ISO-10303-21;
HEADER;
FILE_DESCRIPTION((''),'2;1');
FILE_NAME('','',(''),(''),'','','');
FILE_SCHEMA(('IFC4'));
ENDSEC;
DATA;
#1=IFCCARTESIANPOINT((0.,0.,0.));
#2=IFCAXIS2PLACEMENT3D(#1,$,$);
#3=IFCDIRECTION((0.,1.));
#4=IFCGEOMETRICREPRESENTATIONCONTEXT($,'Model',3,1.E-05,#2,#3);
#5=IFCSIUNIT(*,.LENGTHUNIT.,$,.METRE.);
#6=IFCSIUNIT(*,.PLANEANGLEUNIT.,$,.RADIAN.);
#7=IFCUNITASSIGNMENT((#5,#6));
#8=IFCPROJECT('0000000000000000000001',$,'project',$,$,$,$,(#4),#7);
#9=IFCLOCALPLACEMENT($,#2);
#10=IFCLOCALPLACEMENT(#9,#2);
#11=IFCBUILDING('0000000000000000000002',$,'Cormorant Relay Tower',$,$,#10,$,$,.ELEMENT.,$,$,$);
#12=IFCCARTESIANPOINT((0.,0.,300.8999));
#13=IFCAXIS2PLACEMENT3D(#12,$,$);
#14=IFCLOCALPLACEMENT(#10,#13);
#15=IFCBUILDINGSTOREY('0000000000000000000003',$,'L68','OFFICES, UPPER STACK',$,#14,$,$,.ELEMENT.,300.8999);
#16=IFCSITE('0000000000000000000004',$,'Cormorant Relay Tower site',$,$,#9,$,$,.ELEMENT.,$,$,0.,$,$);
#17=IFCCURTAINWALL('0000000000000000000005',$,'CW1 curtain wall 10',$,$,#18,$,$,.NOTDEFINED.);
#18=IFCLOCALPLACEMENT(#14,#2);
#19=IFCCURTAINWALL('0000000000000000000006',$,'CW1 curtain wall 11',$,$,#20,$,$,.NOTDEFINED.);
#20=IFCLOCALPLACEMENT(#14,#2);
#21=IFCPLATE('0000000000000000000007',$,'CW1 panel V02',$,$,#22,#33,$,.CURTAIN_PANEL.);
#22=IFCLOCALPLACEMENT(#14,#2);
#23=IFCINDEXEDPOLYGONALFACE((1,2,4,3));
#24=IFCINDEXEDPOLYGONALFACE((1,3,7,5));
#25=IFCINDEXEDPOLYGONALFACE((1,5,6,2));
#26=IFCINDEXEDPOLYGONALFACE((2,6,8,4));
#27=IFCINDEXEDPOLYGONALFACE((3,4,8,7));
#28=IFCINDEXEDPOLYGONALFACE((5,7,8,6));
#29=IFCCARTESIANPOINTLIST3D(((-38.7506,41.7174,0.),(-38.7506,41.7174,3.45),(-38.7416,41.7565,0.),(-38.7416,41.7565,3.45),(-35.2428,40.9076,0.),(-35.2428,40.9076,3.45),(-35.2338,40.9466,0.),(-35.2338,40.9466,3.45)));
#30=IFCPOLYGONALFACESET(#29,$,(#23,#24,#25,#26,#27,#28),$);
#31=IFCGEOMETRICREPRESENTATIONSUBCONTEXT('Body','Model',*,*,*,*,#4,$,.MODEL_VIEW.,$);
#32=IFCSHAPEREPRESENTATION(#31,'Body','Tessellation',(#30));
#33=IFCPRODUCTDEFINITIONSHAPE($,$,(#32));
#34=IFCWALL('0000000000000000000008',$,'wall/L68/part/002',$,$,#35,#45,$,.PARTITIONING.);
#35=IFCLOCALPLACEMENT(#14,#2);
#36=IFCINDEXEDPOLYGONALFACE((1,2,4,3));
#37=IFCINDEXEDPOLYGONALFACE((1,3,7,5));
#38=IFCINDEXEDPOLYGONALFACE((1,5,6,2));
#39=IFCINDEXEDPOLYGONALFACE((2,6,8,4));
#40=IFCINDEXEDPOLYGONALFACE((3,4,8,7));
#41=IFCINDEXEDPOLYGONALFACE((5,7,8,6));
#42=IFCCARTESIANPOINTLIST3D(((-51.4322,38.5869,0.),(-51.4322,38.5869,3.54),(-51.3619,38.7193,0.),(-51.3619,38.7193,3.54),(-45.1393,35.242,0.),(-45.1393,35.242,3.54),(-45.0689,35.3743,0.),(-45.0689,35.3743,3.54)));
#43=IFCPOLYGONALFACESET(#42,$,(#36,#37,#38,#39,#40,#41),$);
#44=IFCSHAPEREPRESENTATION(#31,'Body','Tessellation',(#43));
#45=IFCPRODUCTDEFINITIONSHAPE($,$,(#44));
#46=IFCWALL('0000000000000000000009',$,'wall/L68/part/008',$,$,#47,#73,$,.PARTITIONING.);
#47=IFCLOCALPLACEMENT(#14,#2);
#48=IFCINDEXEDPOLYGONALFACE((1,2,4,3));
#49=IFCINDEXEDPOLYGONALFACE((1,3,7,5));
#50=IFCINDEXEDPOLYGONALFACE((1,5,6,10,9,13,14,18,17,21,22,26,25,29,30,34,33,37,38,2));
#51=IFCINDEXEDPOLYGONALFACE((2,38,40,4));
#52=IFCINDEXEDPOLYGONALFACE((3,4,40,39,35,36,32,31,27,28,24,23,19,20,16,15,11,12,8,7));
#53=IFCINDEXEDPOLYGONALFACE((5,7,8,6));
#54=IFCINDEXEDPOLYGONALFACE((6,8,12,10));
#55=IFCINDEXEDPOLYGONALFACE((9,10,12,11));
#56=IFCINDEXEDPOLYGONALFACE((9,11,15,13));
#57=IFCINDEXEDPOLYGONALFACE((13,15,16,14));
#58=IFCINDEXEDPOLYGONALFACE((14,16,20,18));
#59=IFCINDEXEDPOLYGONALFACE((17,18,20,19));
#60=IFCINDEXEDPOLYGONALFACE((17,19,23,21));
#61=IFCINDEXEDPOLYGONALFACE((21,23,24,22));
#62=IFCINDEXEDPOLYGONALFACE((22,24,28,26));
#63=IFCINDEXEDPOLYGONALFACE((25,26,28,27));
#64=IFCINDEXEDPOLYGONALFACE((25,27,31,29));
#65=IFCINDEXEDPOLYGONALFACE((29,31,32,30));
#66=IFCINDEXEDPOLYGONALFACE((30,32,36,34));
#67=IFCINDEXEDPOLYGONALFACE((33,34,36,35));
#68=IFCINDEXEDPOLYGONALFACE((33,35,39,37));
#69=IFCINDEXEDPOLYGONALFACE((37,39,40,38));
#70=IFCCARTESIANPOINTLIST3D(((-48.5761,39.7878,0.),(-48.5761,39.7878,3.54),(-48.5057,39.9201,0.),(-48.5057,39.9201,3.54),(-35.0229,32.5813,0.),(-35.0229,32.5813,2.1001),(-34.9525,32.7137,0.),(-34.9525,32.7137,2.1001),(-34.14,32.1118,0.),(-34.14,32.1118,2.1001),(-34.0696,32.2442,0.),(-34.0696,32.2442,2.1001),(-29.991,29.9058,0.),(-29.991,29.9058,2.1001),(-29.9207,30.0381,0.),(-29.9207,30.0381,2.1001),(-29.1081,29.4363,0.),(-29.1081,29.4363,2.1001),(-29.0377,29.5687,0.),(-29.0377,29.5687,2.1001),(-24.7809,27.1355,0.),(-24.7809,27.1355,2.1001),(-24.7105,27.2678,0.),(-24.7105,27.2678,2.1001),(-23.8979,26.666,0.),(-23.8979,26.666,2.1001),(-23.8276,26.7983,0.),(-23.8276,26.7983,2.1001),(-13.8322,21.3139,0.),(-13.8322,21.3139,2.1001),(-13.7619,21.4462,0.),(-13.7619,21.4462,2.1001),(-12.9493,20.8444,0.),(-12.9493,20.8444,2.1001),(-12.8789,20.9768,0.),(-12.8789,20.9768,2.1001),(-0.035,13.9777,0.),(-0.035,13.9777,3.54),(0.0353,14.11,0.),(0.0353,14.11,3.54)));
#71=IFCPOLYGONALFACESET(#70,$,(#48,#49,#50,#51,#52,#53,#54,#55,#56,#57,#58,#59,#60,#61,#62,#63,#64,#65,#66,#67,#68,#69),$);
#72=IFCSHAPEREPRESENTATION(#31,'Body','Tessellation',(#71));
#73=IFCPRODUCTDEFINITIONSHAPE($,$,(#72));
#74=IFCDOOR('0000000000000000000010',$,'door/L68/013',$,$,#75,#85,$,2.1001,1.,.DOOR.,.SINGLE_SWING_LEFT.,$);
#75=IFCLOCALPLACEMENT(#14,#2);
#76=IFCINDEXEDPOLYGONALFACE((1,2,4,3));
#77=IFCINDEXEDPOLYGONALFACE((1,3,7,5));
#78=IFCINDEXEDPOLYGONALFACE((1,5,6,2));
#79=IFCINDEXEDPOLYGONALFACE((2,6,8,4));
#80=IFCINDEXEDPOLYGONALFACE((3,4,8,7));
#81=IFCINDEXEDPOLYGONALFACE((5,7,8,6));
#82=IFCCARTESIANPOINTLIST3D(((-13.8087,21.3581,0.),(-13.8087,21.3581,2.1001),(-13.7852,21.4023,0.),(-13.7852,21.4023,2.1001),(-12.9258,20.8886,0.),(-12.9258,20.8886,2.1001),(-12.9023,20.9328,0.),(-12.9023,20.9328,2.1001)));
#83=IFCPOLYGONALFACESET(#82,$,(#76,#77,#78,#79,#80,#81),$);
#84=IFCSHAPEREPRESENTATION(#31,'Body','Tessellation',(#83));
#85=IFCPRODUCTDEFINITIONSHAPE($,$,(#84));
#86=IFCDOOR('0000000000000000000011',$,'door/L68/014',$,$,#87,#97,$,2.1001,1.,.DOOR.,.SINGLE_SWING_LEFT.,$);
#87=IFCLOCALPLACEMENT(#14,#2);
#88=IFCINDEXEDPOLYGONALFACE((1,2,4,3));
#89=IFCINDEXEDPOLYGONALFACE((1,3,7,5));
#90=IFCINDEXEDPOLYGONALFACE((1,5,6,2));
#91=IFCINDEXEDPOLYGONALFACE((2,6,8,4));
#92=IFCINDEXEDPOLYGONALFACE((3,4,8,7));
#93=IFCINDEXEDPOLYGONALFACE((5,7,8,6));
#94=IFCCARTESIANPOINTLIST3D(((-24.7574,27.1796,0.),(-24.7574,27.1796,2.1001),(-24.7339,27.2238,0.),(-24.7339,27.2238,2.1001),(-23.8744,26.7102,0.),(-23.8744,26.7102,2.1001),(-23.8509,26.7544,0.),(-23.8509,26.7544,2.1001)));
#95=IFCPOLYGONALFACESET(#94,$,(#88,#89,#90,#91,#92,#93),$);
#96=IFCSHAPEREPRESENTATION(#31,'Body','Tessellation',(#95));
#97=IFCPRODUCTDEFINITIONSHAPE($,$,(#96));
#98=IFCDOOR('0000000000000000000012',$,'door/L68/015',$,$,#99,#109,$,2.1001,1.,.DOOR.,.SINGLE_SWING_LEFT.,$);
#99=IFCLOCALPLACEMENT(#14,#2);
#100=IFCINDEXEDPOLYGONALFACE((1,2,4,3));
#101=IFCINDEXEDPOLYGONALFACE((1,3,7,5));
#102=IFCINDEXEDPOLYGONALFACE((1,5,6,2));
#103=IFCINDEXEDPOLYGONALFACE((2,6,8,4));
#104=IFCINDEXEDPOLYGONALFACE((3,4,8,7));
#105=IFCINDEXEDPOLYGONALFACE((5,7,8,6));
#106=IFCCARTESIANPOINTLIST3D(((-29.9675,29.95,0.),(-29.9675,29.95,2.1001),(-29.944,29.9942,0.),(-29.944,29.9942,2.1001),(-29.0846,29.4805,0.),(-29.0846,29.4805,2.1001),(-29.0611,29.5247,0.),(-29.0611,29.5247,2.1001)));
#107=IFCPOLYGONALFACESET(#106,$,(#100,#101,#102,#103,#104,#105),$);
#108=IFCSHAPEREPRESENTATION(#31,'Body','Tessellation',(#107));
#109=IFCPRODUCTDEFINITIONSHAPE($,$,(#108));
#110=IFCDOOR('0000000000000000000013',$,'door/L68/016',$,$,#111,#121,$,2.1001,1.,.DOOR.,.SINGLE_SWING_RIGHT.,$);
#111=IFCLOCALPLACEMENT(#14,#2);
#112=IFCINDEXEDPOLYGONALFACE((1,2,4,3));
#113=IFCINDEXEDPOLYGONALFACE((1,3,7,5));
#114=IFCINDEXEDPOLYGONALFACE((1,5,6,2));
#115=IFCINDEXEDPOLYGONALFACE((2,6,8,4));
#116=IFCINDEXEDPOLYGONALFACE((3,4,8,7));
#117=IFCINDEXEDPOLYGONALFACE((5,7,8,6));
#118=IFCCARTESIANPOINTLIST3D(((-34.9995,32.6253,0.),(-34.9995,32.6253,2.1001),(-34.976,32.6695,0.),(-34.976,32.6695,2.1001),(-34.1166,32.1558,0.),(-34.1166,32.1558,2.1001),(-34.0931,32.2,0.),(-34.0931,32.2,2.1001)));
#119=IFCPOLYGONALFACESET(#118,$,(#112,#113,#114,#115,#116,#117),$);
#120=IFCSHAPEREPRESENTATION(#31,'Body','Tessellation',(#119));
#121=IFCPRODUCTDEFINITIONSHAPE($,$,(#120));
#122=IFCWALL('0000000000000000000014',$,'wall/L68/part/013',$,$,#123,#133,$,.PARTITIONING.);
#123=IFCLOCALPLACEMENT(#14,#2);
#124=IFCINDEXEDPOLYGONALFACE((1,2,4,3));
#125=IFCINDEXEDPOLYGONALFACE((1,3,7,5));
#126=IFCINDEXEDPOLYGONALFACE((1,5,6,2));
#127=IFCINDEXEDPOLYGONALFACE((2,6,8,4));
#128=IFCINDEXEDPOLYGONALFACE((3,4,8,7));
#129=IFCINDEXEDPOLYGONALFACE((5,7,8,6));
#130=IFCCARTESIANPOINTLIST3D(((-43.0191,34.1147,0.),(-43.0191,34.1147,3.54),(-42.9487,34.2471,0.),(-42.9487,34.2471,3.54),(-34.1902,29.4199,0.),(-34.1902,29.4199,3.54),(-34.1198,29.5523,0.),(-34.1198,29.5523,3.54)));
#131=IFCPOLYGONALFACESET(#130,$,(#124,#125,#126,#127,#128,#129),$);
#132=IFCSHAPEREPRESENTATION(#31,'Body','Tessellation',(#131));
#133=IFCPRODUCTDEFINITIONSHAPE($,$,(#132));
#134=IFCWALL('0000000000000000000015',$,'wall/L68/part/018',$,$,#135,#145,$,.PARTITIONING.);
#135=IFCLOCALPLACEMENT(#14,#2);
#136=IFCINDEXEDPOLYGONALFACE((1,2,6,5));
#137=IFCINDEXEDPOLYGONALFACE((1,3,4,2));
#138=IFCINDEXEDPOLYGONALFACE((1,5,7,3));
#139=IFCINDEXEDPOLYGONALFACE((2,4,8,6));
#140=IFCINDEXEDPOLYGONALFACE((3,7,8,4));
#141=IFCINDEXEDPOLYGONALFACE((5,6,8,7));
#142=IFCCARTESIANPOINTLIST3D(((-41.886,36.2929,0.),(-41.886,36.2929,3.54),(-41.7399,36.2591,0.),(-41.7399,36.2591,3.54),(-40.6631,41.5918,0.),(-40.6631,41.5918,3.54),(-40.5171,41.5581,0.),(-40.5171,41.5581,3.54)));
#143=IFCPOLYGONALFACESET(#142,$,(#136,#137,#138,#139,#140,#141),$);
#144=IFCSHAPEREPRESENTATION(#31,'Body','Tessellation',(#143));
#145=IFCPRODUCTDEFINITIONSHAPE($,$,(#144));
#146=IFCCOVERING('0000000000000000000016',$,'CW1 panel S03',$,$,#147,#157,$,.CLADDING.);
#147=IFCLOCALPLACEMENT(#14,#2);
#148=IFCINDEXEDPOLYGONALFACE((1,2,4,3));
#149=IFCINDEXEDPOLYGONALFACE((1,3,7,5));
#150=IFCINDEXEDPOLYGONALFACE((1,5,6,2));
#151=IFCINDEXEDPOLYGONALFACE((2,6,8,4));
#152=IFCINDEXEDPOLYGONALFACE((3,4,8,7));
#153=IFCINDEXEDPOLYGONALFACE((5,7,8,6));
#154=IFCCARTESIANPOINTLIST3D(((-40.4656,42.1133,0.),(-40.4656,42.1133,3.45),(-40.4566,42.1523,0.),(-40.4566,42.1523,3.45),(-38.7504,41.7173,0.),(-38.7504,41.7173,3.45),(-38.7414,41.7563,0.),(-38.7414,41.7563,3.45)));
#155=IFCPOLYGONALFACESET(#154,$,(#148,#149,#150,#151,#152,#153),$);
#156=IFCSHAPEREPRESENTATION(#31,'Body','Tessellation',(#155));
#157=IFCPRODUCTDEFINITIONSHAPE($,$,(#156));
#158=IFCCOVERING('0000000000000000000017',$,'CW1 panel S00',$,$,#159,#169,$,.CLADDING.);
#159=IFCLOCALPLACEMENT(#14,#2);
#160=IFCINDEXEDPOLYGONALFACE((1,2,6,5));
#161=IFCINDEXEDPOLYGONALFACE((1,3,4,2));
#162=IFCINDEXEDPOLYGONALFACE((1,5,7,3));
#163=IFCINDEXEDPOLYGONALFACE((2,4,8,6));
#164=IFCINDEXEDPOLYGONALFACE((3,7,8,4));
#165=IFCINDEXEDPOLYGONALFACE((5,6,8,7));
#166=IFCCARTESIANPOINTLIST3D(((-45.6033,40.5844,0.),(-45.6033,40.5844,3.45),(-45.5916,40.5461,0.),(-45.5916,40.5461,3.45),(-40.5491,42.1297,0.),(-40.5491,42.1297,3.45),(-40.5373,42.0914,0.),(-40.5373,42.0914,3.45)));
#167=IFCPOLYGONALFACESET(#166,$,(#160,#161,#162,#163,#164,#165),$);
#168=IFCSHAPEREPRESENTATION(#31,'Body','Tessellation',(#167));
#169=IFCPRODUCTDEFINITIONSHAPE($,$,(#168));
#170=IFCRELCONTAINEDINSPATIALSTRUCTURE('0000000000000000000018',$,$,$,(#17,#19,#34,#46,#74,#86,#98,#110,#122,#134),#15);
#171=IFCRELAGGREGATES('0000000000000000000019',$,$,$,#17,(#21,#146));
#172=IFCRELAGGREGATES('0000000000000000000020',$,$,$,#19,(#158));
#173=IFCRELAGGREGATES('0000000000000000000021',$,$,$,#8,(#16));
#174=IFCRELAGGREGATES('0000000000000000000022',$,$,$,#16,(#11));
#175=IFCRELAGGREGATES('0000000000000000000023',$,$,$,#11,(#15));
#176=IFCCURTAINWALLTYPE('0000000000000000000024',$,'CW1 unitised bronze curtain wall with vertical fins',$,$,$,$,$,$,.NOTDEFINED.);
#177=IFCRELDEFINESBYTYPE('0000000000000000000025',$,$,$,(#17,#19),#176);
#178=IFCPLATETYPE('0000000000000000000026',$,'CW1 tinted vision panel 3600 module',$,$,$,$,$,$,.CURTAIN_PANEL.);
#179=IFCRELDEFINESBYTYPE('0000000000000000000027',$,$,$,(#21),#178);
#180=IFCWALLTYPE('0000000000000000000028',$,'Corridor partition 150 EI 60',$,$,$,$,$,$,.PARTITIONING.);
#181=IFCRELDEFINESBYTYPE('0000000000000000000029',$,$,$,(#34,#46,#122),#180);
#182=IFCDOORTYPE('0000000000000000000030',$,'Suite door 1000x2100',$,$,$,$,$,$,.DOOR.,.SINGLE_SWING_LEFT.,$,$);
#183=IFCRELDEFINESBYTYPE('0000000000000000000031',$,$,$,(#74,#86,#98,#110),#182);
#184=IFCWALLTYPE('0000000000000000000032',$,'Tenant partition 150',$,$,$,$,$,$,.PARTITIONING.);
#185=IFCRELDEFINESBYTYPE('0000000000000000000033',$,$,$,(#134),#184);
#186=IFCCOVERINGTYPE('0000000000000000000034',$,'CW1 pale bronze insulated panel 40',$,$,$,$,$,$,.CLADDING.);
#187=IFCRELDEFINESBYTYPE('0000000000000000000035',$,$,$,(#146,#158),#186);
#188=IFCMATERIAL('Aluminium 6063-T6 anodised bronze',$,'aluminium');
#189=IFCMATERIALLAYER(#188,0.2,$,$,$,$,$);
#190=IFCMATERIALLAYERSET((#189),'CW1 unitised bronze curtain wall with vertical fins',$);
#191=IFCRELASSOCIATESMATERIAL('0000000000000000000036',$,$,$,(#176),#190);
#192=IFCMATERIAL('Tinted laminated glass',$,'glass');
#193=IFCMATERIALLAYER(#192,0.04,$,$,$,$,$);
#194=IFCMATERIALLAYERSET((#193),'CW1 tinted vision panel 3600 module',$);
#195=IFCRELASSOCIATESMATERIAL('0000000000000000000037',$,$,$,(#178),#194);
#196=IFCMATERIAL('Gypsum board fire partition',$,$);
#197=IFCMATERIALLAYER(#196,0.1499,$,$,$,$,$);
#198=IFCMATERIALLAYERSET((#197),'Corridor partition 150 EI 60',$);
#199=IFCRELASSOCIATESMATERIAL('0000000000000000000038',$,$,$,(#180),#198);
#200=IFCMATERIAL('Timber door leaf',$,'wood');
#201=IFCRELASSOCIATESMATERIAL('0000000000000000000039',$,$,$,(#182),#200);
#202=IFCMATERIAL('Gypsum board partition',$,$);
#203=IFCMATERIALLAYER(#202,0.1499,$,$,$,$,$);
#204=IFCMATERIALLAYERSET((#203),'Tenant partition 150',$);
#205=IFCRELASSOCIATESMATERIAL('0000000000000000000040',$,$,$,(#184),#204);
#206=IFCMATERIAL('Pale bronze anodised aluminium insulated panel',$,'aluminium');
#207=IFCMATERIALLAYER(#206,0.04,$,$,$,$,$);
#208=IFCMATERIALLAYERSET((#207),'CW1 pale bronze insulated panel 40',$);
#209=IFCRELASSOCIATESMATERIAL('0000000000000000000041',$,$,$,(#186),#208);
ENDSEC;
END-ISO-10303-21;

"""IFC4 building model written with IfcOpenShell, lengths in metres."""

from ifc_helpers import new_model, si_unit, direction, frame, frame_2d, origin, origin_2d, place, context, subcontext, project, spatial, rectangle, extrude, material, layer, layer_set, type_object, element, fill, aggregate, save


model = new_model("IFC4")

# Units and contexts
model_context = context("Model", 3, precision=1e-05, world=origin(), true_north=direction((0.0, 1.0)))
body_context = subcontext(model_context, "Body", "Model", "MODEL_VIEW")
ifc_project = project(units=[si_unit("LENGTHUNIT", "METRE"), si_unit("PLANEANGLEUNIT", "RADIAN")], contexts=[model_context])

# Site, building, storey
site_placement = place(None, origin())
site = spatial("IfcSite", under=ifc_project, at=site_placement, Name="Cormorant Relay Tower site", CompositionType="ELEMENT", RefElevation=0.0)
building_placement = place(site_placement, origin())
building = spatial("IfcBuilding", under=site, at=building_placement, Name="Cormorant Relay Tower", CompositionType="ELEMENT")
storey_placement = place(building_placement, frame((0.0, 0.0, 300.8999)))
storey = spatial("IfcBuildingStorey", under=building, at=storey_placement, Name="L68", Description="OFFICES, UPPER STACK", CompositionType="ELEMENT", Elevation=300.8999)

# Curtain wall
ifc_material_1 = material(Name="Aluminium 6063-T6 anodised bronze", Category="aluminium")
ifc_layer_1 = layer(ifc_material_1, 0.2)
ifc_layer_set_1 = layer_set([ifc_layer_1], Name="CW1 unitised bronze curtain wall with vertical fins")
curtain_wall_type = type_object("IfcCurtainWallType", Name="CW1 unitised bronze curtain wall with vertical fins", PredefinedType="NOTDEFINED", material=ifc_layer_set_1)
curtain_wall_1_placement = place(storey_placement, origin())
curtain_wall_1 = element("IfcCurtainWall", 1, at=curtain_wall_1_placement, inside=storey, type_object=curtain_wall_type, Name="CW1 curtain wall 10", PredefinedType="NOTDEFINED")

# Curtain wall
curtain_wall_2_placement = place(storey_placement, origin())
curtain_wall_2 = element("IfcCurtainWall", 2, at=curtain_wall_2_placement, inside=storey, type_object=curtain_wall_type, Name="CW1 curtain wall 11", PredefinedType="NOTDEFINED")

# Plate
ifc_material_2 = material(Name="Tinted laminated glass", Category="glass")
ifc_layer_2 = layer(ifc_material_2, 0.04)
ifc_layer_set_2 = layer_set([ifc_layer_2], Name="CW1 tinted vision panel 3600 module")
plate_type_1 = type_object("IfcPlateType", Name="CW1 tinted vision panel 3600 module", PredefinedType="CURTAIN_PANEL", material=ifc_layer_set_2)
plate_1_placement = place(storey_placement, frame((-36.9922, 41.332, 0.0), z_axis=(0.0, 0.0, 1.0), x_axis=(-0.97437, 0.224951, 0.0)))
plate_1 = element("IfcPlate", 3, at=plate_1_placement, type_object=plate_type_1, Name="CW1 panel V02", PredefinedType="CURTAIN_PANEL", context=body_context, shape_type="SweptSolid", body=[
    extrude(rectangle(XDim=3.6001, YDim=0.04, at=origin_2d()), origin(), (0.0, 0.0, 1.0), 3.45),
])

# Wall
ifc_material_3 = material(Name="Gypsum board fire partition")
ifc_layer_3 = layer(ifc_material_3, 0.1499)
ifc_layer_set_3 = layer_set([ifc_layer_3], Name="Corridor partition 150 EI 60")
wall_type_1 = type_object("IfcWallType", Name="Corridor partition 150 EI 60", PredefinedType="PARTITIONING", material=ifc_layer_set_3)
wall_1_placement = place(storey_placement, frame((-45.104, 35.3081, 0.0), z_axis=(0.0, 0.0, 1.0), x_axis=(-0.883009, 0.469356, 0.0)))
element("IfcWall", 4, at=wall_1_placement, inside=storey, type_object=wall_type_1, Name="wall/L68/part/002", PredefinedType="PARTITIONING", context=body_context, shape_type="SweptSolid", body=[
    extrude(rectangle(XDim=7.1267, YDim=0.1499, at=frame_2d((3.5635, 0.0))), origin(), (0.0, 0.0, 1.0), 3.54),
])

# Wall, openings, doors
wall_2_placement = place(storey_placement, frame((-48.541, 39.854, 0.0), z_axis=(0.0, 0.0, 1.0), x_axis=(0.882945, -0.469476, 0.0)))
wall_2 = element("IfcWall", 5, at=wall_2_placement, inside=storey, type_object=wall_type_1, Name="wall/L68/part/008", PredefinedType="PARTITIONING", context=body_context, shape_type="SweptSolid", body=[
    extrude(rectangle(XDim=54.9763, YDim=0.1499, at=frame_2d((27.4883, 0.0))), origin(), (0.0, 0.0, 1.0), 3.54),
])
opening_1_placement = place(wall_2_placement, frame((39.3501, 0.0, 0.0)))
opening_1 = element("IfcOpeningElement", 6, at=opening_1_placement, cuts=wall_2, PredefinedType="OPENING", context=body_context, shape_type="SweptSolid", body=[
    extrude(rectangle(XDim=1.0, YDim=2.1001, at=frame_2d((0.5, 1.05))), frame((0.0, 0.085, 0.0), z_axis=(0.0, -1.0, 0.0), x_axis=(1.0, 0.0, 0.0)), (0.0, 0.0, 1.0), 0.1699),
])
opening_2_placement = place(wall_2_placement, frame((26.95, 0.0, 0.0)))
opening_2 = element("IfcOpeningElement", 7, at=opening_2_placement, cuts=wall_2, PredefinedType="OPENING", context=body_context, shape_type="SweptSolid", body=[
    extrude(rectangle(XDim=1.0, YDim=2.1001, at=frame_2d((0.5, 1.05))), frame((0.0, 0.085, 0.0), z_axis=(0.0, -1.0, 0.0), x_axis=(1.0, 0.0, 0.0)), (0.0, 0.0, 1.0), 0.1699),
])
opening_3_placement = place(wall_2_placement, frame((21.0491, 0.0, 0.0)))
opening_3 = element("IfcOpeningElement", 8, at=opening_3_placement, cuts=wall_2, PredefinedType="OPENING", context=body_context, shape_type="SweptSolid", body=[
    extrude(rectangle(XDim=1.0, YDim=2.1001, at=frame_2d((0.5, 1.05))), frame((0.0, 0.085, 0.0), z_axis=(0.0, -1.0, 0.0), x_axis=(1.0, 0.0, 0.0)), (0.0, 0.0, 1.0), 0.1699),
])
opening_4_placement = place(wall_2_placement, frame((15.3501, 0.0, 0.0)))
opening_4 = element("IfcOpeningElement", 9, at=opening_4_placement, cuts=wall_2, PredefinedType="OPENING", context=body_context, shape_type="SweptSolid", body=[
    extrude(rectangle(XDim=1.0, YDim=2.1001, at=frame_2d((0.5, 1.05))), frame((0.0, 0.085, 0.0), z_axis=(0.0, -1.0, 0.0), x_axis=(1.0, 0.0, 0.0)), (0.0, 0.0, 1.0), 0.1699),
])
ifc_material_4 = material(Name="Timber door leaf", Category="wood")
door_type = type_object("IfcDoorType", Name="Suite door 1000x2100", OperationType="SINGLE_SWING_LEFT", PredefinedType="DOOR", material=ifc_material_4)
door_1_placement = place(opening_1_placement, frame((1.0, 0.0, 0.0), z_axis=(0.0, 0.0, 1.0), x_axis=(-1.0, 0.0, 0.0)))
door_1 = element("IfcDoor", 10, at=door_1_placement, inside=storey, type_object=door_type, Name="door/L68/013", OperationType="SINGLE_SWING_LEFT", OverallHeight=2.1001, OverallWidth=1.0, PredefinedType="DOOR", context=body_context, shape_type="SweptSolid", body=[
    extrude(rectangle(XDim=1.0, YDim=2.1001, at=frame_2d((0.5, 1.05))), frame((0.0, 0.0249, 0.0), z_axis=(0.0, -1.0, 0.0), x_axis=(1.0, 0.0, 0.0)), (0.0, 0.0, 1.0), 0.05),
])
fill(opening_1, door_1)
door_2_placement = place(opening_2_placement, frame((1.0, 0.0, 0.0), z_axis=(0.0, 0.0, 1.0), x_axis=(-1.0, 0.0, 0.0)))
door_2 = element("IfcDoor", 11, at=door_2_placement, inside=storey, type_object=door_type, Name="door/L68/014", OperationType="SINGLE_SWING_LEFT", OverallHeight=2.1001, OverallWidth=1.0, PredefinedType="DOOR", context=body_context, shape_type="SweptSolid", body=[
    extrude(rectangle(XDim=1.0, YDim=2.1001, at=frame_2d((0.5, 1.05))), frame((0.0, 0.0249, 0.0), z_axis=(0.0, -1.0, 0.0), x_axis=(1.0, 0.0, 0.0)), (0.0, 0.0, 1.0), 0.05),
])
fill(opening_2, door_2)
door_3_placement = place(opening_3_placement, frame((1.0, 0.0, 0.0), z_axis=(0.0, 0.0, 1.0), x_axis=(-1.0, 0.0, 0.0)))
door_3 = element("IfcDoor", 12, at=door_3_placement, inside=storey, type_object=door_type, Name="door/L68/015", OperationType="SINGLE_SWING_LEFT", OverallHeight=2.1001, OverallWidth=1.0, PredefinedType="DOOR", context=body_context, shape_type="SweptSolid", body=[
    extrude(rectangle(XDim=1.0, YDim=2.1001, at=frame_2d((0.5, 1.05))), frame((0.0, 0.0249, 0.0), z_axis=(0.0, -1.0, 0.0), x_axis=(1.0, 0.0, 0.0)), (0.0, 0.0, 1.0), 0.05),
])
fill(opening_3, door_3)
door_4_placement = place(opening_4_placement, origin())
door_4 = element("IfcDoor", 13, at=door_4_placement, inside=storey, type_object=door_type, Name="door/L68/016", OperationType="SINGLE_SWING_RIGHT", OverallHeight=2.1001, OverallWidth=1.0, PredefinedType="DOOR", context=body_context, shape_type="SweptSolid", body=[
    extrude(rectangle(XDim=1.0, YDim=2.1001, at=frame_2d((0.5, 1.05))), frame((0.0, 0.0249, 0.0), z_axis=(0.0, -1.0, 0.0), x_axis=(1.0, 0.0, 0.0)), (0.0, 0.0, 1.0), 0.05),
])
fill(opening_4, door_4)

# Walls
wall_3_placement = place(storey_placement, frame((-42.9839, 34.1809, 0.0), z_axis=(0.0, 0.0, 1.0), x_axis=(0.882929, -0.469506, 0.0)))
element("IfcWall", 14, at=wall_3_placement, inside=storey, type_object=wall_type_1, Name="wall/L68/part/013", PredefinedType="PARTITIONING", context=body_context, shape_type="SweptSolid", body=[
    extrude(rectangle(XDim=9.9995, YDim=0.1499, at=frame_2d((4.9998, 0.0))), origin(), (0.0, 0.0, 1.0), 3.54),
])
ifc_material_5 = material(Name="Gypsum board partition")
ifc_layer_4 = layer(ifc_material_5, 0.1499)
ifc_layer_set_4 = layer_set([ifc_layer_4], Name="Tenant partition 150")
wall_type_2 = type_object("IfcWallType", Name="Tenant partition 150", PredefinedType="PARTITIONING", material=ifc_layer_set_4)
wall_4_placement = place(storey_placement, frame((-41.813, 36.2759, 0.0), z_axis=(0.0, 0.0, 1.0), x_axis=(0.224866, 0.97439, 0.0)))
element("IfcWall", 15, at=wall_4_placement, inside=storey, type_object=wall_type_2, Name="wall/L68/part/018", PredefinedType="PARTITIONING", context=body_context, shape_type="SweptSolid", body=[
    extrude(rectangle(XDim=5.4382, YDim=0.1499, at=frame_2d((2.7192, 0.0))), origin(), (0.0, 0.0, 1.0), 3.54),
])

# Coverings
ifc_material_6 = material(Name="Pale bronze anodised aluminium insulated panel", Category="aluminium")
ifc_layer_5 = layer(ifc_material_6, 0.04)
ifc_layer_set_5 = layer_set([ifc_layer_5], Name="CW1 pale bronze insulated panel 40")
covering_type = type_object("IfcCoveringType", Name="CW1 pale bronze insulated panel 40", PredefinedType="CLADDING", material=ifc_layer_set_5)
covering_1_placement = place(storey_placement, frame((-39.6035, 41.9348, 0.0), z_axis=(0.0, 0.0, 1.0), x_axis=(-0.97437, 0.224951, 0.0)))
covering_1 = element("IfcCovering", 16, at=covering_1_placement, type_object=covering_type, Name="CW1 panel S03", PredefinedType="CLADDING", context=body_context, shape_type="SweptSolid", body=[
    extrude(rectangle(XDim=1.7603, YDim=0.04, at=origin_2d()), origin(), (0.0, 0.0, 1.0), 3.45),
])
aggregate(curtain_wall_1, [plate_1, covering_1])
covering_2_placement = place(storey_placement, frame((-43.0703, 41.3379, 0.0), z_axis=(0.0, 0.0, 1.0), x_axis=(-0.956305, -0.292372, 0.0)))
covering_2 = element("IfcCovering", 17, at=covering_2_placement, type_object=covering_type, Name="CW1 panel S00", PredefinedType="CLADDING", context=body_context, shape_type="SweptSolid", body=[
    extrude(rectangle(XDim=5.2852, YDim=0.04, at=origin_2d()), origin(), (0.0, 0.0, 1.0), 3.45),
])
aggregate(curtain_wall_2, [covering_2])

save(model, "model.ifc")
